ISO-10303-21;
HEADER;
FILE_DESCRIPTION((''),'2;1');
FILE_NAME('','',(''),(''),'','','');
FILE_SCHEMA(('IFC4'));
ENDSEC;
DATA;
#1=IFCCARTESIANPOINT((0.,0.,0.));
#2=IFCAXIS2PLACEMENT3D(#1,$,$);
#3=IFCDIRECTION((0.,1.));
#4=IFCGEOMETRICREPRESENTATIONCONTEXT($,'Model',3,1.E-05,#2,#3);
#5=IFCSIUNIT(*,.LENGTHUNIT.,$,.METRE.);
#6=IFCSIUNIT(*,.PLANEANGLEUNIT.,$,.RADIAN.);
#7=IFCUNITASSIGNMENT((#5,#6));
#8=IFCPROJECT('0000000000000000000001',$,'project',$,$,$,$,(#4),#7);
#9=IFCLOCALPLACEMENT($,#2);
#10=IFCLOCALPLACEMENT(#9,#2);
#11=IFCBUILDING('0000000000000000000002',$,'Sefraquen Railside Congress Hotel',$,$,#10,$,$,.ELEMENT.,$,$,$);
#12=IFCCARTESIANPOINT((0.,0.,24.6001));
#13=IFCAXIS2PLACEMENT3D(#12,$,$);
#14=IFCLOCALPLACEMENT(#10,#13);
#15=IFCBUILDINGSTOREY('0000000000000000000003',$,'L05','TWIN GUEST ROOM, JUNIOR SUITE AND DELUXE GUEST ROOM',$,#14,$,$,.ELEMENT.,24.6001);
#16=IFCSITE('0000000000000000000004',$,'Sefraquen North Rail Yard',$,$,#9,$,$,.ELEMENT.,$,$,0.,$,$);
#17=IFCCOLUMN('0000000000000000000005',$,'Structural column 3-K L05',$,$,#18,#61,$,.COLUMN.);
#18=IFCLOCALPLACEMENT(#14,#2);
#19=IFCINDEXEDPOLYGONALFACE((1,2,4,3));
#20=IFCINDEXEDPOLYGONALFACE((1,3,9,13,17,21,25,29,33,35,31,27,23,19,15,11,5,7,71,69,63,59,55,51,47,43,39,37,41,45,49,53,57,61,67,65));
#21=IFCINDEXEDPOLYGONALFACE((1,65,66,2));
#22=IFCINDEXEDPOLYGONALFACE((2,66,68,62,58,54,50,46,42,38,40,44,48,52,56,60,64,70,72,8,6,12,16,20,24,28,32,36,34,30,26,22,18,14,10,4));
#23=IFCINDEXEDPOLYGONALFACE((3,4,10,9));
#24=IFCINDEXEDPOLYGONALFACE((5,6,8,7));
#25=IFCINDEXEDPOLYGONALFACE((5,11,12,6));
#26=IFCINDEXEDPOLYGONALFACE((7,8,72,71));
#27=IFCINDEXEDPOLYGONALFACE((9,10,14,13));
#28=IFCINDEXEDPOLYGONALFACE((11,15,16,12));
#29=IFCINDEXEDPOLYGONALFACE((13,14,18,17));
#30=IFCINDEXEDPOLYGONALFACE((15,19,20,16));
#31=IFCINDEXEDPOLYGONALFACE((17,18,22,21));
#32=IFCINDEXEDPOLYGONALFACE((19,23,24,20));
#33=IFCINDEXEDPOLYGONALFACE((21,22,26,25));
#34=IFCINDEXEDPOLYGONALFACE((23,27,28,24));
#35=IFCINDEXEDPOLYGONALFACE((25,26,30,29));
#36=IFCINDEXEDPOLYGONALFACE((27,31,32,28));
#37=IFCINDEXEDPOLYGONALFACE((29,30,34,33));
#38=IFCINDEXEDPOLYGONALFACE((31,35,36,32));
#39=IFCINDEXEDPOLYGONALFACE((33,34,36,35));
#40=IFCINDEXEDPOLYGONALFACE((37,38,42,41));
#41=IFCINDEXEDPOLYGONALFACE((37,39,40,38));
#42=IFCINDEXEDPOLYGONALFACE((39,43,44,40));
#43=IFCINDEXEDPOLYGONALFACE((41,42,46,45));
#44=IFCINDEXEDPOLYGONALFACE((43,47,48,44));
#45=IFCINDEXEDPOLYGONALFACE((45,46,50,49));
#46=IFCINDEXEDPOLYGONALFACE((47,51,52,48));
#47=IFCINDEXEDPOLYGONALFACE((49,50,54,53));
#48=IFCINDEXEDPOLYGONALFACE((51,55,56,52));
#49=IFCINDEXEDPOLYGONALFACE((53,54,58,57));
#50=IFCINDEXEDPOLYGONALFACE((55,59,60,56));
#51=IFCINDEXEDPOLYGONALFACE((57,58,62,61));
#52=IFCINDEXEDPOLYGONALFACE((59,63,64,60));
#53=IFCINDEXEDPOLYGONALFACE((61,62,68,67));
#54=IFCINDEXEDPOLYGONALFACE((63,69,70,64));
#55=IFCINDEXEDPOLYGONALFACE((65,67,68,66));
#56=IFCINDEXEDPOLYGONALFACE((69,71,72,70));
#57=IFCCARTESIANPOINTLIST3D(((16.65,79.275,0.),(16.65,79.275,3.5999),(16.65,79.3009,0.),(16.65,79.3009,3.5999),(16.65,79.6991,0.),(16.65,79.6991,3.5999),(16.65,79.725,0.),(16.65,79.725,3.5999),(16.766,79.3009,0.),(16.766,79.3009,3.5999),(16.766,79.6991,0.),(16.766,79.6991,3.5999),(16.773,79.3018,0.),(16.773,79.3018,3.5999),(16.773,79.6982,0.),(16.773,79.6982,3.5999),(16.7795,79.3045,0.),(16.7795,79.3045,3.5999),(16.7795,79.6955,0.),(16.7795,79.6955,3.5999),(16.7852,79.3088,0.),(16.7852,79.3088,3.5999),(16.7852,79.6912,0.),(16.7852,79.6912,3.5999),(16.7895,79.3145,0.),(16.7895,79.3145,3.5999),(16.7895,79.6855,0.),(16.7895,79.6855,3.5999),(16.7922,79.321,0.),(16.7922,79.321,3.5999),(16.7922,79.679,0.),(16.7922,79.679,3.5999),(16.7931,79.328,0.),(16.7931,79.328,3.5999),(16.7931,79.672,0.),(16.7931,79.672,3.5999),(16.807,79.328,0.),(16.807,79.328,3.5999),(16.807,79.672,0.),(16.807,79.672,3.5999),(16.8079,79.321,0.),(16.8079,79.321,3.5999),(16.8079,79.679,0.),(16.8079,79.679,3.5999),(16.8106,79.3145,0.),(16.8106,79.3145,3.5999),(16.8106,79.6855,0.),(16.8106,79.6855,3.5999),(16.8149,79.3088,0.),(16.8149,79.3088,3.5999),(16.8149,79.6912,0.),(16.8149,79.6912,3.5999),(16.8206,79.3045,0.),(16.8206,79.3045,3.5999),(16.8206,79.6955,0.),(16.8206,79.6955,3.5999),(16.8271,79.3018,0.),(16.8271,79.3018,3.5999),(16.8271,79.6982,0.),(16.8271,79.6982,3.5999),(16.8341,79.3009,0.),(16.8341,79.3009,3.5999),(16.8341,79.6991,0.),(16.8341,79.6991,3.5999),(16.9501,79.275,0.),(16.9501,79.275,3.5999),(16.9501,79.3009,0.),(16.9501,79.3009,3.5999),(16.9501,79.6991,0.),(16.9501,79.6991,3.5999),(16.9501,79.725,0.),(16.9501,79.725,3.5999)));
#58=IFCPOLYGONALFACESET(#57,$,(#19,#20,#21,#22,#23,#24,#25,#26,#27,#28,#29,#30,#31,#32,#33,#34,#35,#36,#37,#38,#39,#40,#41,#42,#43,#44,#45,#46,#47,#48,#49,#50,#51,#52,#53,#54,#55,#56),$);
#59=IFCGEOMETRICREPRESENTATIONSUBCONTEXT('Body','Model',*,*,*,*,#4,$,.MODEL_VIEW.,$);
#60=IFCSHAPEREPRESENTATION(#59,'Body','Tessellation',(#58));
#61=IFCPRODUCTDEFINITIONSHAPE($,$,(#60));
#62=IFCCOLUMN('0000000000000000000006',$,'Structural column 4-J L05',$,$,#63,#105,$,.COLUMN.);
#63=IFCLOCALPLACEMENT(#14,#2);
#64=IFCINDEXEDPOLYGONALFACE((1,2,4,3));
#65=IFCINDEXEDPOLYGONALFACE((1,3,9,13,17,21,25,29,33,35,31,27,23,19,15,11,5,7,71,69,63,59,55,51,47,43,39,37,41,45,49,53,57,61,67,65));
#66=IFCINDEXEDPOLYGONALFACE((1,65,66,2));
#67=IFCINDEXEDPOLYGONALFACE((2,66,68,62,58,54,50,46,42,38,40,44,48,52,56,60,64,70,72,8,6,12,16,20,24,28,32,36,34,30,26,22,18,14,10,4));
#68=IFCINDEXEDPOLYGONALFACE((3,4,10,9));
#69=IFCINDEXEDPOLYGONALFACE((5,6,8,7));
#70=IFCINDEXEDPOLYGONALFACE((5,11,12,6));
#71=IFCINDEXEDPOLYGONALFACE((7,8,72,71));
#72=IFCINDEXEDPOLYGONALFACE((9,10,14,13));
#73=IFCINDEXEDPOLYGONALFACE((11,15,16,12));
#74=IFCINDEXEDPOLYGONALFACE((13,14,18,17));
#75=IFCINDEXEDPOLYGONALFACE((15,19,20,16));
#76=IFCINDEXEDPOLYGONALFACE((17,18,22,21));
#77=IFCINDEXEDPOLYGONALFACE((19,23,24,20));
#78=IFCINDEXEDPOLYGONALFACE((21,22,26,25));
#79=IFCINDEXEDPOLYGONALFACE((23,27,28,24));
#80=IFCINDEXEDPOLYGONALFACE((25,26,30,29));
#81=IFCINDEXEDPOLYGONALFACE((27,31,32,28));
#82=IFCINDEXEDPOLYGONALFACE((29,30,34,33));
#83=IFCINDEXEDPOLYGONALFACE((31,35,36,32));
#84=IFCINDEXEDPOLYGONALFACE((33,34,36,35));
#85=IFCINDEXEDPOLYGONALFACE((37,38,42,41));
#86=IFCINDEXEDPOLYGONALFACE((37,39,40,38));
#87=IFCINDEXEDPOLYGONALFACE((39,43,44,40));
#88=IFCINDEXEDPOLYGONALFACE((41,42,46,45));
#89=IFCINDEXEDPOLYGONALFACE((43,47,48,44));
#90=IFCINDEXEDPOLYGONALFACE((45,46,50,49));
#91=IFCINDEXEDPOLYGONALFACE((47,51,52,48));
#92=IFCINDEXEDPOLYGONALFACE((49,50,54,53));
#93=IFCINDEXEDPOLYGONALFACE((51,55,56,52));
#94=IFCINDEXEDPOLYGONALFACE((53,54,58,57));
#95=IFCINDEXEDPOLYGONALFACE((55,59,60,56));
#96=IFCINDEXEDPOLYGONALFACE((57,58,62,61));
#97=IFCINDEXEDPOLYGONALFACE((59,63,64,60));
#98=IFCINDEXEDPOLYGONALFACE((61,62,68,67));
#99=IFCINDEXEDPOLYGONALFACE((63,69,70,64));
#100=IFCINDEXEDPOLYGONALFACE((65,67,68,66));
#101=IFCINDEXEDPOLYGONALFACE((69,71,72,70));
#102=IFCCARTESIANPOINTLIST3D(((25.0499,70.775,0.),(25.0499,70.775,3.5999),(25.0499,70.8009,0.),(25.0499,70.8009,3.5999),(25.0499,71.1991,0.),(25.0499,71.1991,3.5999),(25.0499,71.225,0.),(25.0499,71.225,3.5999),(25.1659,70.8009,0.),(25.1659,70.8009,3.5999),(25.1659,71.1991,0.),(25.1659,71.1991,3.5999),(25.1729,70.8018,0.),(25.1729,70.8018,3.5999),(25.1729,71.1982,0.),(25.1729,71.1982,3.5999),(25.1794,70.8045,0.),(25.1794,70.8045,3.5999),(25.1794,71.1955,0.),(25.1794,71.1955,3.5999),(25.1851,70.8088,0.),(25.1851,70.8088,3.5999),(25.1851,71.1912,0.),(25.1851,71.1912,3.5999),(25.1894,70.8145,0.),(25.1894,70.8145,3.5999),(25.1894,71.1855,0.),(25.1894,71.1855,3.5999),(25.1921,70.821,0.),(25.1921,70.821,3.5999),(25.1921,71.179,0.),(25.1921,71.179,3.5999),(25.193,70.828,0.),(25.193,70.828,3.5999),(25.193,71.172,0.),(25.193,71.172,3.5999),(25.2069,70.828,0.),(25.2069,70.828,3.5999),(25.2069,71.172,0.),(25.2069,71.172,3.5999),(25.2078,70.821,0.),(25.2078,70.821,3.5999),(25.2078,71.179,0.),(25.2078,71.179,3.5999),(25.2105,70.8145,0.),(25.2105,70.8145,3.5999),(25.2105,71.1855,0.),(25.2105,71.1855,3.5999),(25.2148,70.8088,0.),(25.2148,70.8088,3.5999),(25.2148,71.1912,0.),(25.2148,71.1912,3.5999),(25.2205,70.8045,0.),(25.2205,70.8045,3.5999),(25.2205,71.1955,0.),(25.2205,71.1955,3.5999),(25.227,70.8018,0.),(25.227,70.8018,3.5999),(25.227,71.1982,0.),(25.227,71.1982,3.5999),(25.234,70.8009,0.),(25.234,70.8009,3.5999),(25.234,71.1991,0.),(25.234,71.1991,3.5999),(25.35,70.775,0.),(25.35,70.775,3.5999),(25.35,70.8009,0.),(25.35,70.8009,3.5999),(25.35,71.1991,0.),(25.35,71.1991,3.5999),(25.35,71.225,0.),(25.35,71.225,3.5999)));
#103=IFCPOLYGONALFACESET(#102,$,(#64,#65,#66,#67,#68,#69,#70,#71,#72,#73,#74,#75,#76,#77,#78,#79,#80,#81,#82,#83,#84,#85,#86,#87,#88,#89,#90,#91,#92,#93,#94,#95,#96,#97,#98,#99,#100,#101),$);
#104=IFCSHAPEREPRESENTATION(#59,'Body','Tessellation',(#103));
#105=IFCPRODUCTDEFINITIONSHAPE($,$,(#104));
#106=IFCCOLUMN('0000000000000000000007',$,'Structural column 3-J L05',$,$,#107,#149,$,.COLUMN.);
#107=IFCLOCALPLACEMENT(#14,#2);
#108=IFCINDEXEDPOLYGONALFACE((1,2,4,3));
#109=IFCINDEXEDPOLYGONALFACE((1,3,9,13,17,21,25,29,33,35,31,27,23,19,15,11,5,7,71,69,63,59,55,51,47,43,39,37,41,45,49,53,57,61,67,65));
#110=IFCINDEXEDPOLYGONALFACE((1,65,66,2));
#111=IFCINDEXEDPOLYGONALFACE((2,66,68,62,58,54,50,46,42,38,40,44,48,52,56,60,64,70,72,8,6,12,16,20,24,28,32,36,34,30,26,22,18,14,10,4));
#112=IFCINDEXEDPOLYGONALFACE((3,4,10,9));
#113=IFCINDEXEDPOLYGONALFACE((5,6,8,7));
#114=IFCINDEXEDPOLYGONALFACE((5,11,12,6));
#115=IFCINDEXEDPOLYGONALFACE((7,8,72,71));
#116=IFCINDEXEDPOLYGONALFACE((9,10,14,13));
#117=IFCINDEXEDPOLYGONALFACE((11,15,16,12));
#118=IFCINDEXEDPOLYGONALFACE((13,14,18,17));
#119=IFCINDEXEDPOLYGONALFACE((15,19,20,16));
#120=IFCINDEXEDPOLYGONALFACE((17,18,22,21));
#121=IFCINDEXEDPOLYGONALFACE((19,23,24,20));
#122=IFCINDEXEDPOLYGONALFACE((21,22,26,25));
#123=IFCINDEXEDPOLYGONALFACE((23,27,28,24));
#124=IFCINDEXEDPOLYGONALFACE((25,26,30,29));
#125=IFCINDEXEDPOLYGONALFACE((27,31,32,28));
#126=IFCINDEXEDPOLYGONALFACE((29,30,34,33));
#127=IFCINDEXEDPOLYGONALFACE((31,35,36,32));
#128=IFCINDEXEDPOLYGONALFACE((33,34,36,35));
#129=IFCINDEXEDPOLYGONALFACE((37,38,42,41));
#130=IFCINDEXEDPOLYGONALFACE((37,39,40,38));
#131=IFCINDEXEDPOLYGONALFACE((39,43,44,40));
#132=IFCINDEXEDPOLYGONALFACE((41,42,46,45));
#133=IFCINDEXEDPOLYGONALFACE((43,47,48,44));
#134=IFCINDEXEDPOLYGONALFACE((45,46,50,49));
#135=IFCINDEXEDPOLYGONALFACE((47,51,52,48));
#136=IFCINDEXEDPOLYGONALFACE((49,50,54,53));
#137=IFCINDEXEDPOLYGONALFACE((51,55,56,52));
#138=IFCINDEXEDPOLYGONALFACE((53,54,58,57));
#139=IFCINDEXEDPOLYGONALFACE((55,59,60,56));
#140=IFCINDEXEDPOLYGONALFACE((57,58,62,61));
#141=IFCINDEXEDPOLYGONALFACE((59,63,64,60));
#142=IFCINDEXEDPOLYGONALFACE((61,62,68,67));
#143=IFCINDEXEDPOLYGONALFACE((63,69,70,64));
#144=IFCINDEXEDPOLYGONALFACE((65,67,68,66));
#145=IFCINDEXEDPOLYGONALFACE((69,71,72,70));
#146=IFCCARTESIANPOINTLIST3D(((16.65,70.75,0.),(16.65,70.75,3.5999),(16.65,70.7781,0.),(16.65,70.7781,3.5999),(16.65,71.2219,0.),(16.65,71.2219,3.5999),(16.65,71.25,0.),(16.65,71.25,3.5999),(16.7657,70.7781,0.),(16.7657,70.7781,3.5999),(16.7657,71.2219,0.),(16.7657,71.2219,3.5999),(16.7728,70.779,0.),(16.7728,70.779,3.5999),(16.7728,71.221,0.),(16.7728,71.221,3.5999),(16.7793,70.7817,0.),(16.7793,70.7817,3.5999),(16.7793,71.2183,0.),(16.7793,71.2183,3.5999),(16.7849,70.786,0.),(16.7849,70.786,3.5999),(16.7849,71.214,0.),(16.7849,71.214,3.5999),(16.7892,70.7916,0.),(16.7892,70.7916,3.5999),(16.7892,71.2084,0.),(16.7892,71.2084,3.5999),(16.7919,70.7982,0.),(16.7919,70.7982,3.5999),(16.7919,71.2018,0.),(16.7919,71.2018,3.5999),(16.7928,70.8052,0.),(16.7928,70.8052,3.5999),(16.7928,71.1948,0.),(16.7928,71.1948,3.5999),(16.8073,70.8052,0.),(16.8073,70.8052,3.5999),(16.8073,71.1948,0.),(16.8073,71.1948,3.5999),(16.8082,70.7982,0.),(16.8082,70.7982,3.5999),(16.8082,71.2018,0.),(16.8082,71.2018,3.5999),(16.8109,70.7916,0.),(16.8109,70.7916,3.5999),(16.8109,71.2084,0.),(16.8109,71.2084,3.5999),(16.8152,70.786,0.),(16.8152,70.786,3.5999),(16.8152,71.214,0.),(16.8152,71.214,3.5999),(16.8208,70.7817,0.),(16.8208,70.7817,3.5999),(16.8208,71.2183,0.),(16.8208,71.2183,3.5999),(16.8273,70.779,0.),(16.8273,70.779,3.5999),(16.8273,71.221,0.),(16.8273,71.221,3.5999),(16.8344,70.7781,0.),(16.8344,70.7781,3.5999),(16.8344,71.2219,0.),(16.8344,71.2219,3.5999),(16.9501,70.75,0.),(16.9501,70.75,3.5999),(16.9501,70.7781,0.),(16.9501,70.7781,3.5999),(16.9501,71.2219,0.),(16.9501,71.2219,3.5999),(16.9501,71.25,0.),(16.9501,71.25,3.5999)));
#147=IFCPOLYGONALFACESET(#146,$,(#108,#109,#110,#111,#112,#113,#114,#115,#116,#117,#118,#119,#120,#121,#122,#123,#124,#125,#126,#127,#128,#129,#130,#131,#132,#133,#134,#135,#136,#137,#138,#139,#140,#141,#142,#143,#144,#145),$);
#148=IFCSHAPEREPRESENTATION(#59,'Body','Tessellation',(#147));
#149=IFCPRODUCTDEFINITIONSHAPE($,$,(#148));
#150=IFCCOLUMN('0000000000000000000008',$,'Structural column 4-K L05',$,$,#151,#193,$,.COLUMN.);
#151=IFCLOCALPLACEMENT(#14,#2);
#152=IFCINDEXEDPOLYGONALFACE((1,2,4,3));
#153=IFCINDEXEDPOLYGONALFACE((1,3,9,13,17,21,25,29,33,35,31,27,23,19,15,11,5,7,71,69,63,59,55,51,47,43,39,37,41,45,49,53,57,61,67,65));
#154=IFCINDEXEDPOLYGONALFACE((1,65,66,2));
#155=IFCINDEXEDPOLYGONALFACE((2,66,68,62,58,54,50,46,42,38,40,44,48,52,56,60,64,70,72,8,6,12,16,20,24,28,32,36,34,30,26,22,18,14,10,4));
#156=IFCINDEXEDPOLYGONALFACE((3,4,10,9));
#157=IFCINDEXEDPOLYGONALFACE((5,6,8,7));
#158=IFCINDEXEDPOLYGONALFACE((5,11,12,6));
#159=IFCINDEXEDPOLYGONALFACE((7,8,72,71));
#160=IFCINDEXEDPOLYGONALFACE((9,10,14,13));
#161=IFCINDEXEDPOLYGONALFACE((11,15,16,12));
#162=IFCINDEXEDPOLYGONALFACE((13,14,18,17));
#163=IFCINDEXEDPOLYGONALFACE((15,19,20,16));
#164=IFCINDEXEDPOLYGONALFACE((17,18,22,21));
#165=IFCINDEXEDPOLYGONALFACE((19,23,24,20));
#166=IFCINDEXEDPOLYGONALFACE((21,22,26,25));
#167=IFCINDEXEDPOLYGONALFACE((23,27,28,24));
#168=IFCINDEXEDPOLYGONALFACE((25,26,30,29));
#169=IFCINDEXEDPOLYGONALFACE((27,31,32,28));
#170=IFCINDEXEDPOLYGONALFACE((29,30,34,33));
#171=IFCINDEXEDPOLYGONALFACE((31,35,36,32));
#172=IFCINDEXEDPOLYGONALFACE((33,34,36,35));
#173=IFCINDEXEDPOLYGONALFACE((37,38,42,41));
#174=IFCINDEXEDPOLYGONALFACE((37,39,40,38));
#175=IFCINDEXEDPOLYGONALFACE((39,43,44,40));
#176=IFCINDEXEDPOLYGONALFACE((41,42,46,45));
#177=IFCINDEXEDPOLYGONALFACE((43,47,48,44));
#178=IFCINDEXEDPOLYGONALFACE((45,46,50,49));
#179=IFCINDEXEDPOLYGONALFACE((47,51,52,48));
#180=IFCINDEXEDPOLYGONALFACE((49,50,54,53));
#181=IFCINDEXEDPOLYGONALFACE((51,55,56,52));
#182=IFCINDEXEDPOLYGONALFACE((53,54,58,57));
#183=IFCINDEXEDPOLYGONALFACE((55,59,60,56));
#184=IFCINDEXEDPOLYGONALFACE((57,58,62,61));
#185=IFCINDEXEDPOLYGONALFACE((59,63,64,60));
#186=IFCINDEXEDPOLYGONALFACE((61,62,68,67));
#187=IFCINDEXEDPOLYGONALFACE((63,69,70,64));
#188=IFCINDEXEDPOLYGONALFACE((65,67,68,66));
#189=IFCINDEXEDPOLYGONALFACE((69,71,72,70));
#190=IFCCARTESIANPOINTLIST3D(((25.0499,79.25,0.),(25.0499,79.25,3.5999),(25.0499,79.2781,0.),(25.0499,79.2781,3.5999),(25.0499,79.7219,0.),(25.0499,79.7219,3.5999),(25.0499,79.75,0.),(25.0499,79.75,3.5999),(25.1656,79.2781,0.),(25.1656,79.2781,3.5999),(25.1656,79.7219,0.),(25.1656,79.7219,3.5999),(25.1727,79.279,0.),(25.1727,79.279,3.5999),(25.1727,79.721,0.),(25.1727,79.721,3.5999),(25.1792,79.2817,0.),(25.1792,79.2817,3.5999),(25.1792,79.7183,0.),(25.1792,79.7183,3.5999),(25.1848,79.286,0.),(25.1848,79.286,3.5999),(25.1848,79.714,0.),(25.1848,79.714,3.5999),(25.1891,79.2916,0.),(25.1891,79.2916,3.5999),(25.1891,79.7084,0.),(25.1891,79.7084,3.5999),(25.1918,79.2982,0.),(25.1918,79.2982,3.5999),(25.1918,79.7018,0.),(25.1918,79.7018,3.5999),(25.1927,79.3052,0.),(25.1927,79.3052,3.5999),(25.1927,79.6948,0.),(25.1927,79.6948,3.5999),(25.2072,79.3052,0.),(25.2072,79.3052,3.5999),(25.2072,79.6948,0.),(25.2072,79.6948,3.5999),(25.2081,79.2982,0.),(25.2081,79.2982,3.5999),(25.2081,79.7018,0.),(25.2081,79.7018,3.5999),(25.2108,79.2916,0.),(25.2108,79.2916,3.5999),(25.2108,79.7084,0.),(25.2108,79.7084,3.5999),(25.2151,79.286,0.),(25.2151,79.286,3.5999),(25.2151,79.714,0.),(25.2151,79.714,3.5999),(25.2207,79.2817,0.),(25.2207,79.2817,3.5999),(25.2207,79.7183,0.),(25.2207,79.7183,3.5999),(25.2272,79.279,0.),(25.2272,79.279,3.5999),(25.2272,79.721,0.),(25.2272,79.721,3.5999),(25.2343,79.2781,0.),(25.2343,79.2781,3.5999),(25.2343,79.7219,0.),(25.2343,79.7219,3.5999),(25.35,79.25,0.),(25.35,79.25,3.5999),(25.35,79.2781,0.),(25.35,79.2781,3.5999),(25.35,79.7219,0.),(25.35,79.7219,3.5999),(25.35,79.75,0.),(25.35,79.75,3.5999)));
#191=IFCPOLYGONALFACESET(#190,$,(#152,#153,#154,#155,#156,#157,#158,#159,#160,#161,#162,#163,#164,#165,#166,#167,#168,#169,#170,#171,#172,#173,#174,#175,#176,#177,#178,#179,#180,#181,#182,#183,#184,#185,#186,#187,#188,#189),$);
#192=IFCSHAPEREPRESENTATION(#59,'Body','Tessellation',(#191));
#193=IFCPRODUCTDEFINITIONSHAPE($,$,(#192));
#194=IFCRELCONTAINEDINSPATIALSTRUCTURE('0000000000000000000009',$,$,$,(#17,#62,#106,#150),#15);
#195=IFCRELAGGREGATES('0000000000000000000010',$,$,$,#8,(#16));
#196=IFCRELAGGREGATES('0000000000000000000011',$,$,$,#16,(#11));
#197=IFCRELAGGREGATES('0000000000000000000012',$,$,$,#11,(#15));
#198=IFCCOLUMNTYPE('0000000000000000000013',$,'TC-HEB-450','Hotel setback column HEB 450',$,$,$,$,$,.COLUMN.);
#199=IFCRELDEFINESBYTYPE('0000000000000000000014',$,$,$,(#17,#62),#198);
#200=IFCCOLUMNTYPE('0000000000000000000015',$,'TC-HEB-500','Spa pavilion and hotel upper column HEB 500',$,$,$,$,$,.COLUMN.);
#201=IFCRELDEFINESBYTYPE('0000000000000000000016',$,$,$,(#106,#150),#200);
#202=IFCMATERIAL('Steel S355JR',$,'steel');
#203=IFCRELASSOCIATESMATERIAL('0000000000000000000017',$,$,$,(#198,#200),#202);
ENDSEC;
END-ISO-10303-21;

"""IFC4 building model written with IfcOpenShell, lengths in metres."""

from ifc_helpers import new_model, si_unit, direction, frame, origin, origin_2d, place, context, subcontext, project, spatial, i_section, extrude, material, material_profile, profile_set, type_object, element, save


model = new_model("IFC4")

# Units and contexts
model_context = context("Model", 3, precision=1e-05, world=origin(), true_north=direction((0.0, 1.0)))
body_context = subcontext(model_context, "Body", "Model", "MODEL_VIEW")
ifc_project = project(units=[si_unit("LENGTHUNIT", "METRE"), si_unit("PLANEANGLEUNIT", "RADIAN")], contexts=[model_context])

# Site, building, storey
site_placement = place(None, origin())
site = spatial("IfcSite", under=ifc_project, at=site_placement, Name="Sefraquen North Rail Yard", CompositionType="ELEMENT", RefElevation=0.0)
building_placement = place(site_placement, origin())
building = spatial("IfcBuilding", under=site, at=building_placement, Name="Sefraquen Railside Congress Hotel", CompositionType="ELEMENT")
storey_placement = place(building_placement, frame((0.0, 0.0, 24.6001)))
storey = spatial("IfcBuildingStorey", under=building, at=storey_placement, Name="L05", Description="TWIN GUEST ROOM, JUNIOR SUITE AND DELUXE GUEST ROOM", CompositionType="ELEMENT", Elevation=24.6001)

# Columns
ifc_material_1 = material(Name="Steel S355JR", Category="steel")
ifc_material_profile_1 = material_profile(ifc_material_1, i_section(OverallWidth=0.3, OverallDepth=0.45, WebThickness=0.0139, FlangeThickness=0.0259, FilletRadius=0.0271, at=origin_2d()), Name="HEB 450")
ifc_profile_set_1 = profile_set([ifc_material_profile_1], Name="Steel S355JR")
column_type_1 = type_object("IfcColumnType", Name="TC-HEB-450", Description="Hotel setback column HEB 450", PredefinedType="COLUMN", material=ifc_profile_set_1)
for number, where, z_axis, x_axis, name in (
    (1, (16.8, 79.5, 0.0), (0.0, 0.0, 1.0), (1.0, 0.0, 0.0), "Structural column 3-K L05"),
    (2, (25.2, 71.0, 0.0), (0.0, 0.0, 1.0), (1.0, 0.0, 0.0), "Structural column 4-J L05"),
):
    element("IfcColumn", number, at=place(storey_placement, frame(where, z_axis=z_axis, x_axis=x_axis)), inside=storey, type_object=column_type_1, Name=name, PredefinedType="COLUMN", context=body_context, shape_type="SweptSolid", body=[
        extrude(i_section(OverallWidth=0.3, OverallDepth=0.45, WebThickness=0.0139, FlangeThickness=0.0259, FilletRadius=0.0271, at=origin_2d()), origin(), (0.0, 0.0, 1.0), 3.5999),
    ])
ifc_material_profile_2 = material_profile(ifc_material_1, i_section(OverallWidth=0.3, OverallDepth=0.5, WebThickness=0.0144, FlangeThickness=0.0281, FilletRadius=0.0271, at=origin_2d()), Name="HEB 500")
ifc_profile_set_2 = profile_set([ifc_material_profile_2], Name="Steel S355JR")
column_type_2 = type_object("IfcColumnType", Name="TC-HEB-500", Description="Spa pavilion and hotel upper column HEB 500", PredefinedType="COLUMN", material=ifc_profile_set_2)
for number, where, z_axis, x_axis, name in (
    (3, (16.8, 71.0, 0.0), (0.0, 0.0, 1.0), (1.0, 0.0, 0.0), "Structural column 3-J L05"),
    (4, (25.2, 79.5, 0.0), (0.0, 0.0, 1.0), (1.0, 0.0, 0.0), "Structural column 4-K L05"),
):
    element("IfcColumn", number, at=place(storey_placement, frame(where, z_axis=z_axis, x_axis=x_axis)), inside=storey, type_object=column_type_2, Name=name, PredefinedType="COLUMN", context=body_context, shape_type="SweptSolid", body=[
        extrude(i_section(OverallWidth=0.3, OverallDepth=0.5, WebThickness=0.0144, FlangeThickness=0.0281, FilletRadius=0.0271, at=origin_2d()), origin(), (0.0, 0.0, 1.0), 3.5999),
    ])

save(model, "model.ifc")
